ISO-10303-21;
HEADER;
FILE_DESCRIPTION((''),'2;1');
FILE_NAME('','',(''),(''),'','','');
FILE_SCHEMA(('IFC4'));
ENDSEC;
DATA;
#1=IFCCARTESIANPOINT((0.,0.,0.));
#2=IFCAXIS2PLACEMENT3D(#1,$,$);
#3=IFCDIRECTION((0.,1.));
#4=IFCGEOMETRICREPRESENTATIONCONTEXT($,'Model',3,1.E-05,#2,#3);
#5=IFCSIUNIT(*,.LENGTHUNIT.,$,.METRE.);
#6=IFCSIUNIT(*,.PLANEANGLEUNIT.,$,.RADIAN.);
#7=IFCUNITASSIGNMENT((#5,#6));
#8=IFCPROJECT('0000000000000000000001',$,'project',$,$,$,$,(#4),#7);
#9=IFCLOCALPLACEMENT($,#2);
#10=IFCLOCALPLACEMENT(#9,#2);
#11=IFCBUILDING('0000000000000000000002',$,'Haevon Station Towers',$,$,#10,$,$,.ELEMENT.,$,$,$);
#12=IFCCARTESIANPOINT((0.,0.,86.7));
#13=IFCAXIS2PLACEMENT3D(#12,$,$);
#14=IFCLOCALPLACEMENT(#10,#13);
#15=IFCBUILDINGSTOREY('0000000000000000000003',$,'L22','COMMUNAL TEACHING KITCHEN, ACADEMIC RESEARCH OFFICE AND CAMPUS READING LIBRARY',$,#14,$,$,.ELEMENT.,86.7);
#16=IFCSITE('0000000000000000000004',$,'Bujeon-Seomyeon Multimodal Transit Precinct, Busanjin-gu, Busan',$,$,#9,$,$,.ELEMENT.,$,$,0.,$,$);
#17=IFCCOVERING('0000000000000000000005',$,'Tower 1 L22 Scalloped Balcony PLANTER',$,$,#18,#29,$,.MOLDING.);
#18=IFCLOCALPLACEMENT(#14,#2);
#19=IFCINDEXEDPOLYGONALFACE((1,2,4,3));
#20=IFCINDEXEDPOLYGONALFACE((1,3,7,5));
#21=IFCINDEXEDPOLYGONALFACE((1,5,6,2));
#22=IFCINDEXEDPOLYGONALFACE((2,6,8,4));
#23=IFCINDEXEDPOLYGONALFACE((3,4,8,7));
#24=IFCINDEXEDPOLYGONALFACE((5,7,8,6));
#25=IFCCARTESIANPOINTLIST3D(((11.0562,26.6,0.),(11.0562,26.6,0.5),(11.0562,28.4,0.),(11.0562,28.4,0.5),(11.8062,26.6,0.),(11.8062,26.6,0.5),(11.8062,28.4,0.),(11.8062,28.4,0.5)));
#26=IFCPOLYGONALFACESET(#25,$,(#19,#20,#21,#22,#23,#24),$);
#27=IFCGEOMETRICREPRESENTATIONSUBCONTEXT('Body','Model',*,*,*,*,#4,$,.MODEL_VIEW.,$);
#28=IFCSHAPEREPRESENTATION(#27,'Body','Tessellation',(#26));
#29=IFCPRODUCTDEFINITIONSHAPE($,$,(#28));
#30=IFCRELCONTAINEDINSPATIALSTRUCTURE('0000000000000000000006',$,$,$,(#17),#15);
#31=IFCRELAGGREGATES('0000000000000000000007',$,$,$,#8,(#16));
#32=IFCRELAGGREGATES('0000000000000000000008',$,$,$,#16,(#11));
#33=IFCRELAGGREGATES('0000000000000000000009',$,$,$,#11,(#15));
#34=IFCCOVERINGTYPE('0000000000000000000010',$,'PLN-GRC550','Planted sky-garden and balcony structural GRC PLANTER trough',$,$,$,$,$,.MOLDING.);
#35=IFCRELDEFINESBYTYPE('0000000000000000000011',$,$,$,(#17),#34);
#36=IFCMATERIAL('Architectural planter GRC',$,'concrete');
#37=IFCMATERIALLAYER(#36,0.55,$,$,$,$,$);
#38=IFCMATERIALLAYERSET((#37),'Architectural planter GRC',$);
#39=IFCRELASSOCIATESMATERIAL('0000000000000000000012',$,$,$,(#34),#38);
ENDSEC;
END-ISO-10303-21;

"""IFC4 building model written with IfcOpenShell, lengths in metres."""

from ifc_helpers import new_model, si_unit, direction, frame, origin, origin_2d, place, context, subcontext, project, spatial, rectangle, extrude, material, layer, layer_set, type_object, element, save


model = new_model("IFC4")

# Units and contexts
model_context = context("Model", 3, precision=1e-05, world=origin(), true_north=direction((0.0, 1.0)))
body_context = subcontext(model_context, "Body", "Model", "MODEL_VIEW")
ifc_project = project(units=[si_unit("LENGTHUNIT", "METRE"), si_unit("PLANEANGLEUNIT", "RADIAN")], contexts=[model_context])

# Site, building, storey
site_placement = place(None, origin())
site = spatial("IfcSite", under=ifc_project, at=site_placement, Name="Bujeon-Seomyeon Multimodal Transit Precinct, Busanjin-gu, Busan", CompositionType="ELEMENT", RefElevation=0.0)
building_placement = place(site_placement, origin())
building = spatial("IfcBuilding", under=site, at=building_placement, Name="Haevon Station Towers", CompositionType="ELEMENT")
storey_placement = place(building_placement, frame((0.0, 0.0, 86.7)))
storey = spatial("IfcBuildingStorey", under=building, at=storey_placement, Name="L22", Description="COMMUNAL TEACHING KITCHEN, ACADEMIC RESEARCH OFFICE AND CAMPUS READING LIBRARY", CompositionType="ELEMENT", Elevation=86.7)

# Covering
ifc_material_1 = material(Name="Architectural planter GRC", Category="concrete")
ifc_layer_1 = layer(ifc_material_1, 0.55)
ifc_layer_set_1 = layer_set([ifc_layer_1], Name="Architectural planter GRC")
covering_type = type_object("IfcCoveringType", Name="PLN-GRC550", Description="Planted sky-garden and balcony structural GRC PLANTER trough", PredefinedType="MOLDING", material=ifc_layer_set_1)
covering_placement = place(storey_placement, frame((11.4312, 27.5, 0.0), z_axis=(0.0, 0.0, 1.0), x_axis=(1.0, 0.0, 0.0)))
element("IfcCovering", 1, at=covering_placement, inside=storey, type_object=covering_type, Name="Tower 1 L22 Scalloped Balcony PLANTER", PredefinedType="MOLDING", context=body_context, shape_type="SweptSolid", body=[
    extrude(rectangle(XDim=0.75, YDim=1.8, at=origin_2d()), origin(), (0.0, 0.0, 1.0), 0.5),
])

save(model, "model.ifc")
